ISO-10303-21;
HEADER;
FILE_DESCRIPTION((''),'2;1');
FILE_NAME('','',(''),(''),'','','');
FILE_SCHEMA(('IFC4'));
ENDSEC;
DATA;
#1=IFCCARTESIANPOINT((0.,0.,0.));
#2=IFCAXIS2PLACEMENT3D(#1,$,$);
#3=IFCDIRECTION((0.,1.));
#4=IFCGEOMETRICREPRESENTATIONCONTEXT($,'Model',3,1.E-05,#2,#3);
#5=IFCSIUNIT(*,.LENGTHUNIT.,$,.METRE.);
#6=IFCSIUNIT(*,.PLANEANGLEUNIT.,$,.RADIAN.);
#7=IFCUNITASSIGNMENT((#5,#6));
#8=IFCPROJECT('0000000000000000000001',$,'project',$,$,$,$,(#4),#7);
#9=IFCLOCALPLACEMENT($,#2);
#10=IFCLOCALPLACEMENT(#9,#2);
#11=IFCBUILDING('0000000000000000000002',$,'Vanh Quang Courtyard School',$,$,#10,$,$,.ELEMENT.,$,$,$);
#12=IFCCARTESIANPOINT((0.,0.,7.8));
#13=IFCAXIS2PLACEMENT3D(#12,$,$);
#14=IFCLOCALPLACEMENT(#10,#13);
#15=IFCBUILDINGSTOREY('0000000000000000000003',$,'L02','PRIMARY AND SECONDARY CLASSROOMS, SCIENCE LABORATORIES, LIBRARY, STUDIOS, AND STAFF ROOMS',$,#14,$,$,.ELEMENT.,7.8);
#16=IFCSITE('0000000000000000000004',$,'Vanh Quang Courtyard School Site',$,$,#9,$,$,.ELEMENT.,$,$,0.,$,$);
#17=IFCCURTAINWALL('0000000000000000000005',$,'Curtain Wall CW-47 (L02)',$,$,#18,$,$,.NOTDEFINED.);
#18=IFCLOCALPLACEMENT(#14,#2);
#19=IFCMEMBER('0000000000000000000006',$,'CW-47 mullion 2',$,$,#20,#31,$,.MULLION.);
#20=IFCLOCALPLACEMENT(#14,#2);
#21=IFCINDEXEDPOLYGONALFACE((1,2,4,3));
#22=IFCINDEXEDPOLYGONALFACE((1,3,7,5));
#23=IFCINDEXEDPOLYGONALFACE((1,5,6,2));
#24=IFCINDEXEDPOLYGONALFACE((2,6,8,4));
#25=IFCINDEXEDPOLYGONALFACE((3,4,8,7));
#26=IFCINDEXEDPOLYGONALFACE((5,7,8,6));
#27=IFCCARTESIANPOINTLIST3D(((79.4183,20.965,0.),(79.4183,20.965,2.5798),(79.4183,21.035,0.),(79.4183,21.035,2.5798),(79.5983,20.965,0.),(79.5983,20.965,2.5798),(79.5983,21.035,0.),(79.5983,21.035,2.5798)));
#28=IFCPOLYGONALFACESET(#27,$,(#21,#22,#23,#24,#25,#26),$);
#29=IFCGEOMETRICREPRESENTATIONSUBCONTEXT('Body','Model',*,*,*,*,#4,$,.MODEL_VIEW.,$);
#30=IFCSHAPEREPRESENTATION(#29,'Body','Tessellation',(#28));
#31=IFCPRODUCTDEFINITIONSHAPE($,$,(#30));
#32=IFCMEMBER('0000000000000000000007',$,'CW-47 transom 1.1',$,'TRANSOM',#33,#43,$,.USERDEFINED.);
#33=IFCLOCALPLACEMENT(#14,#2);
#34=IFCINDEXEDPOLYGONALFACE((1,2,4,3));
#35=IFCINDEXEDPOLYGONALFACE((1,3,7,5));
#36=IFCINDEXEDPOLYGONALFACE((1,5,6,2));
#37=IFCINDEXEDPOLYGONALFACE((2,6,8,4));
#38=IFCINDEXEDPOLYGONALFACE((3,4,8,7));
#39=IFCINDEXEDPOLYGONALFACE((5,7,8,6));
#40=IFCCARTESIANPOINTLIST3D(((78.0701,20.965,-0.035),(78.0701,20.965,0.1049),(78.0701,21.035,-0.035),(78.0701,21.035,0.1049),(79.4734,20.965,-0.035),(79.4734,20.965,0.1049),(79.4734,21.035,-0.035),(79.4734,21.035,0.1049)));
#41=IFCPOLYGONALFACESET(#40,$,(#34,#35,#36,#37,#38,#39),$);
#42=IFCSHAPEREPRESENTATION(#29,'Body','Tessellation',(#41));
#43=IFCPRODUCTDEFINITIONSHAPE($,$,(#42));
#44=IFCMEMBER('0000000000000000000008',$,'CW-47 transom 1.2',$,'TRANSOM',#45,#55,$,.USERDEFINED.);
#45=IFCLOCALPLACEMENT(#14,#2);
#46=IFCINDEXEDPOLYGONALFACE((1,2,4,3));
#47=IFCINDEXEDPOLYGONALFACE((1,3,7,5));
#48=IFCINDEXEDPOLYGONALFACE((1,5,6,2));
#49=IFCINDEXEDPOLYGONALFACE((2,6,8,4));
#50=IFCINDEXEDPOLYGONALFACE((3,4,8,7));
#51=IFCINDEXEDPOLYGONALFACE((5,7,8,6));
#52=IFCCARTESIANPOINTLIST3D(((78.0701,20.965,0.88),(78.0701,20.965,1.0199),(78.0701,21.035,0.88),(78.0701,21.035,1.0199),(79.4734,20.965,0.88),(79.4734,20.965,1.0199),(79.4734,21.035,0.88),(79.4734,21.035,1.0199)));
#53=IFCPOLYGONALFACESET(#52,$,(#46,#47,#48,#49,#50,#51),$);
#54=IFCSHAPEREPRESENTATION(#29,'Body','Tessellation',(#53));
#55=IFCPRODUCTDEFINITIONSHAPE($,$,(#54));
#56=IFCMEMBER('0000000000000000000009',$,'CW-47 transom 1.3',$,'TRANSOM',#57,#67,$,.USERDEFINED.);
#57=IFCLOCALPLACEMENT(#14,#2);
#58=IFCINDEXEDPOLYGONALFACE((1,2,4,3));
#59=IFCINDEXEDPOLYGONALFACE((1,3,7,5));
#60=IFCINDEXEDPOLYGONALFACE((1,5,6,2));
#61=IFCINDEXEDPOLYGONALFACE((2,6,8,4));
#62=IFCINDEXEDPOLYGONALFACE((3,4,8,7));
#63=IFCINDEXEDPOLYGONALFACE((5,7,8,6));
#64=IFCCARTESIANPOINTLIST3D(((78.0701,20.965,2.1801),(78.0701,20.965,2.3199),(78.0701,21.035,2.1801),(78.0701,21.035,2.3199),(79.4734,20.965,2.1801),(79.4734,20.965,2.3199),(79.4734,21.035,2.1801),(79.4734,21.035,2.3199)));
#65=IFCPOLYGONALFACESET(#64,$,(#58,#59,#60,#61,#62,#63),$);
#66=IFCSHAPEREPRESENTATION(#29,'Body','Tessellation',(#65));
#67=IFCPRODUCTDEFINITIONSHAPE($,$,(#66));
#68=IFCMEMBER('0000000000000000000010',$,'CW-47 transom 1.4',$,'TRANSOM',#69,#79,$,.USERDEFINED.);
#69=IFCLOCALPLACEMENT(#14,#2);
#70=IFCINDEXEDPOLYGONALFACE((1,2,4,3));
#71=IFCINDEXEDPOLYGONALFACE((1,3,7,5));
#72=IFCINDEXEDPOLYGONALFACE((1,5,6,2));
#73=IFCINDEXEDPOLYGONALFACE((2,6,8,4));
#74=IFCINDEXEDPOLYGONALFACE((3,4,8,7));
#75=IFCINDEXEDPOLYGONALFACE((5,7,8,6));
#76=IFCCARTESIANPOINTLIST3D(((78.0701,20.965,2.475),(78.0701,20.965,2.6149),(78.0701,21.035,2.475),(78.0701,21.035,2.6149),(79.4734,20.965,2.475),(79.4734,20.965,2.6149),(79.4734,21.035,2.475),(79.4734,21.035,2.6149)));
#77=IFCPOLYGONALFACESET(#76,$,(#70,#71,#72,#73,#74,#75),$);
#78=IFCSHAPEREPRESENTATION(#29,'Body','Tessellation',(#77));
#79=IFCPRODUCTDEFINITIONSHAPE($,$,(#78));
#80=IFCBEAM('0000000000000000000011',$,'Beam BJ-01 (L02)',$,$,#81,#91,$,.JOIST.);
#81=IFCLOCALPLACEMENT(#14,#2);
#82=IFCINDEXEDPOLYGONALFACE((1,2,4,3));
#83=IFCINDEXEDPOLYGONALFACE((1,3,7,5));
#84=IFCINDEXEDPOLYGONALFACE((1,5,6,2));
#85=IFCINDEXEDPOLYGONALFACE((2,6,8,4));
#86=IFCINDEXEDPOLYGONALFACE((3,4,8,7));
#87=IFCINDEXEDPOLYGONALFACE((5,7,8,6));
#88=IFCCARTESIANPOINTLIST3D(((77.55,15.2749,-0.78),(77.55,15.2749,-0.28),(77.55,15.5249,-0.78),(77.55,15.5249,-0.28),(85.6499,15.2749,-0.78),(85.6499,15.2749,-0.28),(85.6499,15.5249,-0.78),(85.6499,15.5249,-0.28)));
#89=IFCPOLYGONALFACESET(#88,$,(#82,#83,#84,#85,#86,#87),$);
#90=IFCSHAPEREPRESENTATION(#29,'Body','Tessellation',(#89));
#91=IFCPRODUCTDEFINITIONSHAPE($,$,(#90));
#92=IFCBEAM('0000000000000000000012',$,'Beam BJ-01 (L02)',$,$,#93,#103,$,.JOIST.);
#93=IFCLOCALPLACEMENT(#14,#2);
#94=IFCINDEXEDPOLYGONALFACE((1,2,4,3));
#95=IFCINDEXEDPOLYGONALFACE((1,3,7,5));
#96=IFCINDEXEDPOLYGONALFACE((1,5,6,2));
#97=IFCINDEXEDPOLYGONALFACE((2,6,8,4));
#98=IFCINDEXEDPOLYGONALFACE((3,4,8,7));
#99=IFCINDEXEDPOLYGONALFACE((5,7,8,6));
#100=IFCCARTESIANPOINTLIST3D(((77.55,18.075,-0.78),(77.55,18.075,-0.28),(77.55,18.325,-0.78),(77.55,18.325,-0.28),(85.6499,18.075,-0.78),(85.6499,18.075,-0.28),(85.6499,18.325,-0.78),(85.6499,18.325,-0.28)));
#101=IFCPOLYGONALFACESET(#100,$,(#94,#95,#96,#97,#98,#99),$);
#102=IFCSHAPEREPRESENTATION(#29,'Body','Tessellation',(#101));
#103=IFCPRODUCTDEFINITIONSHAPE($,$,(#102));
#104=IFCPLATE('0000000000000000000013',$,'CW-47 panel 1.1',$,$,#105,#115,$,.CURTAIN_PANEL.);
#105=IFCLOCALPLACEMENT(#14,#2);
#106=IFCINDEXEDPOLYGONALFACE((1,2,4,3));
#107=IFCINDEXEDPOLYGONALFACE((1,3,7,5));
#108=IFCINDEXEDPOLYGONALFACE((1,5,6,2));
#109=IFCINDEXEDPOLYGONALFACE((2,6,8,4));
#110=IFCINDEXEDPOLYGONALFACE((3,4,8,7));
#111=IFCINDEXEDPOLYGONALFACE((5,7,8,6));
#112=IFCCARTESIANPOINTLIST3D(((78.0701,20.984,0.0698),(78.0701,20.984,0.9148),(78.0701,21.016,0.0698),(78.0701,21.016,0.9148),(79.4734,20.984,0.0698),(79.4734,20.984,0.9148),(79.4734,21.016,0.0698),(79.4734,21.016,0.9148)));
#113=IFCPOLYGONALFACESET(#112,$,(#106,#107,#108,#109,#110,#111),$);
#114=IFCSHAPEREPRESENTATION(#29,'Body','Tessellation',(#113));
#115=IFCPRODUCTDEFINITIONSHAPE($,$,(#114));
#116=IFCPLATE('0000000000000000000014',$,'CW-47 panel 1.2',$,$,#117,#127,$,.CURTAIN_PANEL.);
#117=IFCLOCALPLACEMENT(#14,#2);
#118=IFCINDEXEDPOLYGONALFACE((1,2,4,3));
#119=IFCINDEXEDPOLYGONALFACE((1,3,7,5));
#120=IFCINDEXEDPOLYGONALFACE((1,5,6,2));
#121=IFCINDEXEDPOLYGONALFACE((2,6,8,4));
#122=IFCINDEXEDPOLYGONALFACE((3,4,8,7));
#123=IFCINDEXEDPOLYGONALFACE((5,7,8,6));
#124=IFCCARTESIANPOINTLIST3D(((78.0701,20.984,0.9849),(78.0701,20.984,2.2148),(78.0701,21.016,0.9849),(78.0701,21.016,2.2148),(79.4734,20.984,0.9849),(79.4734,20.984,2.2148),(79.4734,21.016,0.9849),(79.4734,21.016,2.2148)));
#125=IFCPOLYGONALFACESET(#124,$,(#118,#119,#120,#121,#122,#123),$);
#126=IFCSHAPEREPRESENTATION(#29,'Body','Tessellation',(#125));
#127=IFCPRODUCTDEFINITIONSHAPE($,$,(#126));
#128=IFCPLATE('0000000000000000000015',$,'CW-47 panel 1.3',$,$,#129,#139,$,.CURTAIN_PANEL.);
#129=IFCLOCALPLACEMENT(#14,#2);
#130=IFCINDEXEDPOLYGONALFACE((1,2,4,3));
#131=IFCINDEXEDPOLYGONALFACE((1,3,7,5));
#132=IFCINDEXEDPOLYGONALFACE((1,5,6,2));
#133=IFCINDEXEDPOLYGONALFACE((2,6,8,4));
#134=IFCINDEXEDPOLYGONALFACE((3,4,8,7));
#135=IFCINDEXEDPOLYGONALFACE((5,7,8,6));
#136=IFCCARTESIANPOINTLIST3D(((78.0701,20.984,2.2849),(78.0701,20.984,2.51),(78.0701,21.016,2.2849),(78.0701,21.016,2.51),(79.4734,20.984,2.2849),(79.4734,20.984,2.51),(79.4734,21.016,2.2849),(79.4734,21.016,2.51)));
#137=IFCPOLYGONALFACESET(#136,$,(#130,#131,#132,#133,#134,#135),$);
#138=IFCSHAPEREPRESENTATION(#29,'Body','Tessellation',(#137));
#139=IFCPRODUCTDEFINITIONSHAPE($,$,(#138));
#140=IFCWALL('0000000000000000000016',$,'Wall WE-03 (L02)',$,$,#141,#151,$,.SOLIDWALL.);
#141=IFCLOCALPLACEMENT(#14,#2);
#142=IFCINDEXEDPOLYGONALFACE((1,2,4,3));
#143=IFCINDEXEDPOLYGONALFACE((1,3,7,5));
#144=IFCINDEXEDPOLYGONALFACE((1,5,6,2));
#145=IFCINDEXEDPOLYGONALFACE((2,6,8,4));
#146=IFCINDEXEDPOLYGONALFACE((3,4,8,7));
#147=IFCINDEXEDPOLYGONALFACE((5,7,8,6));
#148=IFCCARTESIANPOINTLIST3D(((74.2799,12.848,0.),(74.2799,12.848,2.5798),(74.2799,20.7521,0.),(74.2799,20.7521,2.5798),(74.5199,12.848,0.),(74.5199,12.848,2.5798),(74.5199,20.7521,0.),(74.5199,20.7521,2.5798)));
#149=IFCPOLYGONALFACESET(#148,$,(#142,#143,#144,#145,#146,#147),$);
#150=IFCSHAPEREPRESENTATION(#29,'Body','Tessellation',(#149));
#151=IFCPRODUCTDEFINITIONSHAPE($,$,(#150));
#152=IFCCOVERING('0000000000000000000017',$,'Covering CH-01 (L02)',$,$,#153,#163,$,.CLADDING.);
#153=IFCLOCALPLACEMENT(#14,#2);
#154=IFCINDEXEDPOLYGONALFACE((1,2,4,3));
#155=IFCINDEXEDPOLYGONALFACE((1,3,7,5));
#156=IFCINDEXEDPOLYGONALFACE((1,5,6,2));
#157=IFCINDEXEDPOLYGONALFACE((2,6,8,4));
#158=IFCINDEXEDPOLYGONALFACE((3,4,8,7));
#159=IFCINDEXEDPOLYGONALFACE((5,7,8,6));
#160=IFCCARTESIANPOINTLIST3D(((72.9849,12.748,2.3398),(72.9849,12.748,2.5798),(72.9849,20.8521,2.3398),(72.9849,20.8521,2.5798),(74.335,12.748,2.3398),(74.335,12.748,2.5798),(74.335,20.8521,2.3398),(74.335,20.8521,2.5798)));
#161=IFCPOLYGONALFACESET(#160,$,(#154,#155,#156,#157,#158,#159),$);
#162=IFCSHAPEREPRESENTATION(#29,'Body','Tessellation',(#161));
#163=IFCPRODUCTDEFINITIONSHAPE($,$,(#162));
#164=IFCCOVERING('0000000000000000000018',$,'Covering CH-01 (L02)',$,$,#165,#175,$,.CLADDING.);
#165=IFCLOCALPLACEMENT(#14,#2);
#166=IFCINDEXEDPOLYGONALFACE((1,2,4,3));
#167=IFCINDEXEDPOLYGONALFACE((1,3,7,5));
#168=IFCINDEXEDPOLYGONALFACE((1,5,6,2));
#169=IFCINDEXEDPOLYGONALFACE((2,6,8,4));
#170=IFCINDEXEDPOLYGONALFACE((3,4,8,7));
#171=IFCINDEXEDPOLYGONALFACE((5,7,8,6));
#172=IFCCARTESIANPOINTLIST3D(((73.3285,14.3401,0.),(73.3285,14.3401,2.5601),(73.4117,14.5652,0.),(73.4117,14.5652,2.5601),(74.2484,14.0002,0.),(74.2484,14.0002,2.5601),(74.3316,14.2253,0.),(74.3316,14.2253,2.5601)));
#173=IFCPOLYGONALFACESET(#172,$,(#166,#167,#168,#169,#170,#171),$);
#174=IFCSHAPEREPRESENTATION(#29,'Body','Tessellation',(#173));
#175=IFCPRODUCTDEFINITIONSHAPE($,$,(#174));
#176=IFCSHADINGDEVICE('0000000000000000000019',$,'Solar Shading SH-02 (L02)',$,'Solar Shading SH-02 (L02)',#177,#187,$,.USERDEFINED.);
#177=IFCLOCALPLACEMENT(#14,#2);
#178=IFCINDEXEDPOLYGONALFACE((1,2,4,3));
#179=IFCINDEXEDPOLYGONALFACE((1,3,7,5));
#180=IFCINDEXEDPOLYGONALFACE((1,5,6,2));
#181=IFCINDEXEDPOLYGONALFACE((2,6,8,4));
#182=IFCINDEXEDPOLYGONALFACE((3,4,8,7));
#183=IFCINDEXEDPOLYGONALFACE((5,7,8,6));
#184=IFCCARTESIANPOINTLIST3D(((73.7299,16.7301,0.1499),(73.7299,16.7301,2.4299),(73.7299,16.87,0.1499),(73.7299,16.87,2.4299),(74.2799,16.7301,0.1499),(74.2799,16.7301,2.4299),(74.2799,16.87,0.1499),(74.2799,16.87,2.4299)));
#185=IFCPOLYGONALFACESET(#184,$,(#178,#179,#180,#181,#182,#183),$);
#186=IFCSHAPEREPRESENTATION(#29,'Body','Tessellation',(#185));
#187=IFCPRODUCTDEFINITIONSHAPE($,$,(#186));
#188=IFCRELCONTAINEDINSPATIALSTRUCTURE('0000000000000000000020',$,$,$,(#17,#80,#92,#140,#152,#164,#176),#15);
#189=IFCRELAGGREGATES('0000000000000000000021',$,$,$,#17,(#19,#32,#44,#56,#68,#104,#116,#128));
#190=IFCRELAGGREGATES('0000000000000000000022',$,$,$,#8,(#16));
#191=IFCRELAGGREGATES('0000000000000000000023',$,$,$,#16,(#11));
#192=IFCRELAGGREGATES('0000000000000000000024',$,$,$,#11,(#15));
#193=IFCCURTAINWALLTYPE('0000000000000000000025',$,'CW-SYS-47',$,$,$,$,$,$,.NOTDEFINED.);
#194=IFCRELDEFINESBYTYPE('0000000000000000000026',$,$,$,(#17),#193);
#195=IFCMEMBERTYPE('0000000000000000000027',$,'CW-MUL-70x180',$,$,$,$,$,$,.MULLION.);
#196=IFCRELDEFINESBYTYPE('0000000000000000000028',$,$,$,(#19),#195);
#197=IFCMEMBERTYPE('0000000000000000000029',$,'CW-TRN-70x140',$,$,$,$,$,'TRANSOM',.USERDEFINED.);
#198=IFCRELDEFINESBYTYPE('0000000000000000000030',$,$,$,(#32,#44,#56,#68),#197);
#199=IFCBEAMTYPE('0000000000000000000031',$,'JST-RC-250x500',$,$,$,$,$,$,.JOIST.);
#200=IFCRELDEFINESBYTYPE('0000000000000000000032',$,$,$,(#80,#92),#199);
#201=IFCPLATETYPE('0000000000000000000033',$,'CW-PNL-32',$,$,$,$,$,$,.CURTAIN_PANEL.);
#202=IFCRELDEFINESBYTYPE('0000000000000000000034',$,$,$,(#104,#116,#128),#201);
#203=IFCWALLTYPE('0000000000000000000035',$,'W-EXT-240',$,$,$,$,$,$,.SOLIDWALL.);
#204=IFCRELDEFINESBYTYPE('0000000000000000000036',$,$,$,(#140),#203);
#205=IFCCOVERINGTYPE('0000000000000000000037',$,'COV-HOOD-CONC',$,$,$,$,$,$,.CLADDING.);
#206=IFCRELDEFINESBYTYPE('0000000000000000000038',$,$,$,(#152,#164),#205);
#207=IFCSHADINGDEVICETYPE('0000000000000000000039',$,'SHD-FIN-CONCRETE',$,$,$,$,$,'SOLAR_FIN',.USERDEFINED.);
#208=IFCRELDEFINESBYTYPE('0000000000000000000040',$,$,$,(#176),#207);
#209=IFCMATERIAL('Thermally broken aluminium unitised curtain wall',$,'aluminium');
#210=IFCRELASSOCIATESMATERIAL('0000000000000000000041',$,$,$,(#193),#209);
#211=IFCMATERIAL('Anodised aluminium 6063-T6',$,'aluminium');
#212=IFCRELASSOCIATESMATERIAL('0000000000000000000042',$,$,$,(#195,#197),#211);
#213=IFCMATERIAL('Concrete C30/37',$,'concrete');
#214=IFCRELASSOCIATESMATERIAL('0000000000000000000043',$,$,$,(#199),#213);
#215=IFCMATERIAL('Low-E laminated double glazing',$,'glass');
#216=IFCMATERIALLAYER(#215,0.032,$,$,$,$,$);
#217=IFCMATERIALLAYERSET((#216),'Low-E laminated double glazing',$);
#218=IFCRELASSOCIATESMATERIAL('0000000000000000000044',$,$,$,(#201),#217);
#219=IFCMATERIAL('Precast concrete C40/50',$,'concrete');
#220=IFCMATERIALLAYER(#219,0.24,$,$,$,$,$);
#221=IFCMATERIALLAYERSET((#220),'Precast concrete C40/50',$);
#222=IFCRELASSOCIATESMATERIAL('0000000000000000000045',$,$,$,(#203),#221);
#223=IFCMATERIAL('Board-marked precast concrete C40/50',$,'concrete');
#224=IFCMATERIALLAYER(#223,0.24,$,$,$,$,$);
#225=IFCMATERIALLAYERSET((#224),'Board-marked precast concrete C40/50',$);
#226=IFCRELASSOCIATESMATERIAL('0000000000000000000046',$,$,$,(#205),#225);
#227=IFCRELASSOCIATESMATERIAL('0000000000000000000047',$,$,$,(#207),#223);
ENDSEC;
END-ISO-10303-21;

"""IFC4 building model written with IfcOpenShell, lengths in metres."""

from ifc_helpers import new_model, si_unit, direction, frame, frame_2d, origin, origin_2d, place, context, subcontext, project, spatial, rectangle, extrude, material, layer, layer_set, material_profile, profile_set, type_object, element, aggregate, save


model = new_model("IFC4")

# Units and contexts
model_context = context("Model", 3, precision=1e-05, world=origin(), true_north=direction((0.0, 1.0)))
body_context = subcontext(model_context, "Body", "Model", "MODEL_VIEW")
ifc_project = project(units=[si_unit("LENGTHUNIT", "METRE"), si_unit("PLANEANGLEUNIT", "RADIAN")], contexts=[model_context])

# Site, building, storey
site_placement = place(None, origin())
site = spatial("IfcSite", under=ifc_project, at=site_placement, Name="Vanh Quang Courtyard School Site", CompositionType="ELEMENT", RefElevation=0.0)
building_placement = place(site_placement, origin())
building = spatial("IfcBuilding", under=site, at=building_placement, Name="Vanh Quang Courtyard School", CompositionType="ELEMENT")
storey_placement = place(building_placement, frame((0.0, 0.0, 7.8)))
storey = spatial("IfcBuildingStorey", under=building, at=storey_placement, Name="L02", Description="PRIMARY AND SECONDARY CLASSROOMS, SCIENCE LABORATORIES, LIBRARY, STUDIOS, AND STAFF ROOMS", CompositionType="ELEMENT", Elevation=7.8)

# Curtain wall, members
ifc_material_1 = material(Name="Thermally broken aluminium unitised curtain wall", Category="aluminium")
curtain_wall_type = type_object("IfcCurtainWallType", Name="CW-SYS-47", PredefinedType="NOTDEFINED", material=ifc_material_1)
curtain_wall_placement = place(storey_placement, origin())
curtain_wall = element("IfcCurtainWall", 1, at=curtain_wall_placement, inside=storey, type_object=curtain_wall_type, Name="Curtain Wall CW-47 (L02)", PredefinedType="NOTDEFINED")
ifc_material_2 = material(Name="Anodised aluminium 6063-T6", Category="aluminium")
ifc_material_profile_1 = material_profile(ifc_material_2, rectangle(XDim=0.0701, YDim=0.1799, at=origin_2d()), Name="ALU-MUL 70x180")
ifc_profile_set_1 = profile_set([ifc_material_profile_1], Name="Anodised aluminium 6063-T6")
member_type_1 = type_object("IfcMemberType", Name="CW-MUL-70x180", PredefinedType="MULLION", material=ifc_profile_set_1)
member_1_placement = place(storey_placement, frame((79.5083, 21.0, 0.0), z_axis=(0.0, 0.0, 1.0), x_axis=(0.0, 1.0, 0.0)))
member_1 = element("IfcMember", 2, at=member_1_placement, type_object=member_type_1, Name="CW-47 mullion 2", PredefinedType="MULLION", context=body_context, shape_type="SweptSolid", body=[
    extrude(rectangle(XDim=0.0701, YDim=0.1799, at=origin_2d()), origin(), (0.0, 0.0, 1.0), 2.5798),
])
ifc_material_profile_2 = material_profile(ifc_material_2, rectangle(XDim=0.0701, YDim=0.1399, at=origin_2d()), Name="ALU-TRN 70x140")
ifc_profile_set_2 = profile_set([ifc_material_profile_2], Name="Anodised aluminium 6063-T6")
member_type_2 = type_object("IfcMemberType", Name="CW-TRN-70x140", ElementType="TRANSOM", PredefinedType="USERDEFINED", material=ifc_profile_set_2)
member_2_placement = place(storey_placement, frame((78.0701, 21.0, 0.0349), z_axis=(1.0, 0.0, 0.0), x_axis=(0.0, 1.0, 0.0)))
member_2 = element("IfcMember", 3, at=member_2_placement, type_object=member_type_2, Name="CW-47 transom 1.1", ObjectType="TRANSOM", PredefinedType="USERDEFINED", context=body_context, shape_type="SweptSolid", body=[
    extrude(rectangle(XDim=0.0701, YDim=0.1399, at=origin_2d()), origin(), (0.0, 0.0, 1.0), 1.4033),
])
member_3_placement = place(storey_placement, frame((78.0701, 21.0, 0.95), z_axis=(1.0, 0.0, 0.0), x_axis=(0.0, 1.0, 0.0)))
member_3 = element("IfcMember", 4, at=member_3_placement, type_object=member_type_2, Name="CW-47 transom 1.2", ObjectType="TRANSOM", PredefinedType="USERDEFINED", context=body_context, shape_type="SweptSolid", body=[
    extrude(rectangle(XDim=0.0701, YDim=0.1399, at=origin_2d()), origin(), (0.0, 0.0, 1.0), 1.4033),
])
member_4_placement = place(storey_placement, frame((78.0701, 21.0, 2.25), z_axis=(1.0, 0.0, 0.0), x_axis=(0.0, 1.0, 0.0)))
member_4 = element("IfcMember", 5, at=member_4_placement, type_object=member_type_2, Name="CW-47 transom 1.3", ObjectType="TRANSOM", PredefinedType="USERDEFINED", context=body_context, shape_type="SweptSolid", body=[
    extrude(rectangle(XDim=0.0701, YDim=0.1399, at=origin_2d()), origin(), (0.0, 0.0, 1.0), 1.4033),
])
member_5_placement = place(storey_placement, frame((78.0701, 21.0, 2.5449), z_axis=(1.0, 0.0, 0.0), x_axis=(0.0, 1.0, 0.0)))
member_5 = element("IfcMember", 6, at=member_5_placement, type_object=member_type_2, Name="CW-47 transom 1.4", ObjectType="TRANSOM", PredefinedType="USERDEFINED", context=body_context, shape_type="SweptSolid", body=[
    extrude(rectangle(XDim=0.0701, YDim=0.1399, at=origin_2d()), origin(), (0.0, 0.0, 1.0), 1.4033),
])

# Beams
ifc_material_3 = material(Name="Concrete C30/37", Category="concrete")
ifc_material_profile_3 = material_profile(ifc_material_3, rectangle(XDim=0.25, YDim=0.5, at=origin_2d()), Name="RC-JST 250x500")
ifc_profile_set_3 = profile_set([ifc_material_profile_3], Name="Concrete C30/37")
beam_type_1 = type_object("IfcBeamType", Name="JST-RC-250x500", PredefinedType="JOIST", material=ifc_profile_set_3)
for number, where, z_axis, x_axis, name in (
    (7, (77.55, 15.3999, -0.53), (1.0, 0.0, 0.0), (0.0, 1.0, 0.0), "Beam BJ-01 (L02)"),
    (8, (77.55, 18.2, -0.53), (1.0, 0.0, 0.0), (0.0, 1.0, 0.0), "Beam BJ-01 (L02)"),
):
    element("IfcBeam", number, at=place(storey_placement, frame(where, z_axis=z_axis, x_axis=x_axis)), inside=storey, type_object=beam_type_1, Name=name, PredefinedType="JOIST", context=body_context, shape_type="SweptSolid", body=[
        extrude(rectangle(XDim=0.25, YDim=0.5, at=origin_2d()), origin(), (0.0, 0.0, 1.0), 8.0999),
    ])

# Plates
ifc_material_4 = material(Name="Low-E laminated double glazing", Category="glass")
ifc_layer_1 = layer(ifc_material_4, 0.032)
ifc_layer_set_1 = layer_set([ifc_layer_1], Name="Low-E laminated double glazing")
plate_type = type_object("IfcPlateType", Name="CW-PNL-32", PredefinedType="CURTAIN_PANEL", material=ifc_layer_set_1)
plate_1_placement = place(storey_placement, frame((78.7717, 21.0, 0.0698), z_axis=(0.0, 0.0, 1.0), x_axis=(1.0, 0.0, 0.0)))
plate_1 = element("IfcPlate", 9, at=plate_1_placement, type_object=plate_type, Name="CW-47 panel 1.1", PredefinedType="CURTAIN_PANEL", context=body_context, shape_type="SweptSolid", body=[
    extrude(rectangle(XDim=1.4033, YDim=0.032, at=origin_2d()), origin(), (0.0, 0.0, 1.0), 0.845),
])
plate_2_placement = place(storey_placement, frame((78.7717, 21.0, 0.9849), z_axis=(0.0, 0.0, 1.0), x_axis=(1.0, 0.0, 0.0)))
plate_2 = element("IfcPlate", 10, at=plate_2_placement, type_object=plate_type, Name="CW-47 panel 1.2", PredefinedType="CURTAIN_PANEL", context=body_context, shape_type="SweptSolid", body=[
    extrude(rectangle(XDim=1.4033, YDim=0.032, at=origin_2d()), origin(), (0.0, 0.0, 1.0), 1.23),
])
plate_3_placement = place(storey_placement, frame((78.7717, 21.0, 2.2849), z_axis=(0.0, 0.0, 1.0), x_axis=(1.0, 0.0, 0.0)))
plate_3 = element("IfcPlate", 11, at=plate_3_placement, type_object=plate_type, Name="CW-47 panel 1.3", PredefinedType="CURTAIN_PANEL", context=body_context, shape_type="SweptSolid", body=[
    extrude(rectangle(XDim=1.4033, YDim=0.032, at=origin_2d()), origin(), (0.0, 0.0, 1.0), 0.2251),
])
aggregate(curtain_wall, [member_1, member_2, member_3, member_4, member_5, plate_1, plate_2, plate_3])

# Wall
ifc_material_5 = material(Name="Precast concrete C40/50", Category="concrete")
ifc_layer_2 = layer(ifc_material_5, 0.24)
ifc_layer_set_2 = layer_set([ifc_layer_2], Name="Precast concrete C40/50")
wall_type = type_object("IfcWallType", Name="W-EXT-240", PredefinedType="SOLIDWALL", material=ifc_layer_set_2)
wall_placement = place(storey_placement, frame((74.3999, 12.8479, 0.0), z_axis=(0.0, 0.0, 1.0), x_axis=(0.0, 1.0, 0.0)))
element("IfcWall", 12, at=wall_placement, inside=storey, type_object=wall_type, Name="Wall WE-03 (L02)", PredefinedType="SOLIDWALL", context=body_context, shape_type="SweptSolid", body=[
    extrude(rectangle(XDim=7.9041, YDim=0.24, at=frame_2d((3.9521, 0.0))), origin(), (0.0, 0.0, 1.0), 2.5798),
])

# Coverings
ifc_material_6 = material(Name="Board-marked precast concrete C40/50", Category="concrete")
ifc_layer_3 = layer(ifc_material_6, 0.24)
ifc_layer_set_3 = layer_set([ifc_layer_3], Name="Board-marked precast concrete C40/50")
covering_type = type_object("IfcCoveringType", Name="COV-HOOD-CONC", PredefinedType="CLADDING", material=ifc_layer_set_3)
covering_1_placement = place(storey_placement, frame((73.6599, 16.8, 2.3398), z_axis=(0.0, 0.0, 1.0), x_axis=(0.0, 1.0, 0.0)))
element("IfcCovering", 13, at=covering_1_placement, inside=storey, type_object=covering_type, Name="Covering CH-01 (L02)", PredefinedType="CLADDING", context=body_context, shape_type="SweptSolid", body=[
    extrude(rectangle(XDim=8.104, YDim=1.3501, at=origin_2d()), origin(), (0.0, 0.0, 1.0), 0.24),
])
covering_2_placement = place(storey_placement, frame((73.8301, 14.2827, 0.0), z_axis=(0.0, 0.0, 1.0), x_axis=(-0.93801, 0.346608, 0.0)))
element("IfcCovering", 14, at=covering_2_placement, inside=storey, type_object=covering_type, Name="Covering CH-01 (L02)", PredefinedType="CLADDING", context=body_context, shape_type="SweptSolid", body=[
    extrude(rectangle(XDim=0.9807, YDim=0.24, at=origin_2d()), origin(), (0.0, 0.0, 1.0), 2.5601),
])

# Shading device
shading_device_type = type_object("IfcShadingDeviceType", Name="SHD-FIN-CONCRETE", ElementType="SOLAR_FIN", PredefinedType="USERDEFINED", material=ifc_material_6)
shading_device_placement = place(storey_placement, frame((74.0049, 16.8, 0.1499), z_axis=(0.0, 0.0, 1.0), x_axis=(0.0, 1.0, 0.0)))
element("IfcShadingDevice", 15, at=shading_device_placement, inside=storey, type_object=shading_device_type, Name="Solar Shading SH-02 (L02)", ObjectType="Solar Shading SH-02 (L02)", PredefinedType="USERDEFINED", context=body_context, shape_type="SweptSolid", body=[
    extrude(rectangle(XDim=0.1399, YDim=0.55, at=origin_2d()), origin(), (0.0, 0.0, 1.0), 2.28),
])

save(model, "model.ifc")
